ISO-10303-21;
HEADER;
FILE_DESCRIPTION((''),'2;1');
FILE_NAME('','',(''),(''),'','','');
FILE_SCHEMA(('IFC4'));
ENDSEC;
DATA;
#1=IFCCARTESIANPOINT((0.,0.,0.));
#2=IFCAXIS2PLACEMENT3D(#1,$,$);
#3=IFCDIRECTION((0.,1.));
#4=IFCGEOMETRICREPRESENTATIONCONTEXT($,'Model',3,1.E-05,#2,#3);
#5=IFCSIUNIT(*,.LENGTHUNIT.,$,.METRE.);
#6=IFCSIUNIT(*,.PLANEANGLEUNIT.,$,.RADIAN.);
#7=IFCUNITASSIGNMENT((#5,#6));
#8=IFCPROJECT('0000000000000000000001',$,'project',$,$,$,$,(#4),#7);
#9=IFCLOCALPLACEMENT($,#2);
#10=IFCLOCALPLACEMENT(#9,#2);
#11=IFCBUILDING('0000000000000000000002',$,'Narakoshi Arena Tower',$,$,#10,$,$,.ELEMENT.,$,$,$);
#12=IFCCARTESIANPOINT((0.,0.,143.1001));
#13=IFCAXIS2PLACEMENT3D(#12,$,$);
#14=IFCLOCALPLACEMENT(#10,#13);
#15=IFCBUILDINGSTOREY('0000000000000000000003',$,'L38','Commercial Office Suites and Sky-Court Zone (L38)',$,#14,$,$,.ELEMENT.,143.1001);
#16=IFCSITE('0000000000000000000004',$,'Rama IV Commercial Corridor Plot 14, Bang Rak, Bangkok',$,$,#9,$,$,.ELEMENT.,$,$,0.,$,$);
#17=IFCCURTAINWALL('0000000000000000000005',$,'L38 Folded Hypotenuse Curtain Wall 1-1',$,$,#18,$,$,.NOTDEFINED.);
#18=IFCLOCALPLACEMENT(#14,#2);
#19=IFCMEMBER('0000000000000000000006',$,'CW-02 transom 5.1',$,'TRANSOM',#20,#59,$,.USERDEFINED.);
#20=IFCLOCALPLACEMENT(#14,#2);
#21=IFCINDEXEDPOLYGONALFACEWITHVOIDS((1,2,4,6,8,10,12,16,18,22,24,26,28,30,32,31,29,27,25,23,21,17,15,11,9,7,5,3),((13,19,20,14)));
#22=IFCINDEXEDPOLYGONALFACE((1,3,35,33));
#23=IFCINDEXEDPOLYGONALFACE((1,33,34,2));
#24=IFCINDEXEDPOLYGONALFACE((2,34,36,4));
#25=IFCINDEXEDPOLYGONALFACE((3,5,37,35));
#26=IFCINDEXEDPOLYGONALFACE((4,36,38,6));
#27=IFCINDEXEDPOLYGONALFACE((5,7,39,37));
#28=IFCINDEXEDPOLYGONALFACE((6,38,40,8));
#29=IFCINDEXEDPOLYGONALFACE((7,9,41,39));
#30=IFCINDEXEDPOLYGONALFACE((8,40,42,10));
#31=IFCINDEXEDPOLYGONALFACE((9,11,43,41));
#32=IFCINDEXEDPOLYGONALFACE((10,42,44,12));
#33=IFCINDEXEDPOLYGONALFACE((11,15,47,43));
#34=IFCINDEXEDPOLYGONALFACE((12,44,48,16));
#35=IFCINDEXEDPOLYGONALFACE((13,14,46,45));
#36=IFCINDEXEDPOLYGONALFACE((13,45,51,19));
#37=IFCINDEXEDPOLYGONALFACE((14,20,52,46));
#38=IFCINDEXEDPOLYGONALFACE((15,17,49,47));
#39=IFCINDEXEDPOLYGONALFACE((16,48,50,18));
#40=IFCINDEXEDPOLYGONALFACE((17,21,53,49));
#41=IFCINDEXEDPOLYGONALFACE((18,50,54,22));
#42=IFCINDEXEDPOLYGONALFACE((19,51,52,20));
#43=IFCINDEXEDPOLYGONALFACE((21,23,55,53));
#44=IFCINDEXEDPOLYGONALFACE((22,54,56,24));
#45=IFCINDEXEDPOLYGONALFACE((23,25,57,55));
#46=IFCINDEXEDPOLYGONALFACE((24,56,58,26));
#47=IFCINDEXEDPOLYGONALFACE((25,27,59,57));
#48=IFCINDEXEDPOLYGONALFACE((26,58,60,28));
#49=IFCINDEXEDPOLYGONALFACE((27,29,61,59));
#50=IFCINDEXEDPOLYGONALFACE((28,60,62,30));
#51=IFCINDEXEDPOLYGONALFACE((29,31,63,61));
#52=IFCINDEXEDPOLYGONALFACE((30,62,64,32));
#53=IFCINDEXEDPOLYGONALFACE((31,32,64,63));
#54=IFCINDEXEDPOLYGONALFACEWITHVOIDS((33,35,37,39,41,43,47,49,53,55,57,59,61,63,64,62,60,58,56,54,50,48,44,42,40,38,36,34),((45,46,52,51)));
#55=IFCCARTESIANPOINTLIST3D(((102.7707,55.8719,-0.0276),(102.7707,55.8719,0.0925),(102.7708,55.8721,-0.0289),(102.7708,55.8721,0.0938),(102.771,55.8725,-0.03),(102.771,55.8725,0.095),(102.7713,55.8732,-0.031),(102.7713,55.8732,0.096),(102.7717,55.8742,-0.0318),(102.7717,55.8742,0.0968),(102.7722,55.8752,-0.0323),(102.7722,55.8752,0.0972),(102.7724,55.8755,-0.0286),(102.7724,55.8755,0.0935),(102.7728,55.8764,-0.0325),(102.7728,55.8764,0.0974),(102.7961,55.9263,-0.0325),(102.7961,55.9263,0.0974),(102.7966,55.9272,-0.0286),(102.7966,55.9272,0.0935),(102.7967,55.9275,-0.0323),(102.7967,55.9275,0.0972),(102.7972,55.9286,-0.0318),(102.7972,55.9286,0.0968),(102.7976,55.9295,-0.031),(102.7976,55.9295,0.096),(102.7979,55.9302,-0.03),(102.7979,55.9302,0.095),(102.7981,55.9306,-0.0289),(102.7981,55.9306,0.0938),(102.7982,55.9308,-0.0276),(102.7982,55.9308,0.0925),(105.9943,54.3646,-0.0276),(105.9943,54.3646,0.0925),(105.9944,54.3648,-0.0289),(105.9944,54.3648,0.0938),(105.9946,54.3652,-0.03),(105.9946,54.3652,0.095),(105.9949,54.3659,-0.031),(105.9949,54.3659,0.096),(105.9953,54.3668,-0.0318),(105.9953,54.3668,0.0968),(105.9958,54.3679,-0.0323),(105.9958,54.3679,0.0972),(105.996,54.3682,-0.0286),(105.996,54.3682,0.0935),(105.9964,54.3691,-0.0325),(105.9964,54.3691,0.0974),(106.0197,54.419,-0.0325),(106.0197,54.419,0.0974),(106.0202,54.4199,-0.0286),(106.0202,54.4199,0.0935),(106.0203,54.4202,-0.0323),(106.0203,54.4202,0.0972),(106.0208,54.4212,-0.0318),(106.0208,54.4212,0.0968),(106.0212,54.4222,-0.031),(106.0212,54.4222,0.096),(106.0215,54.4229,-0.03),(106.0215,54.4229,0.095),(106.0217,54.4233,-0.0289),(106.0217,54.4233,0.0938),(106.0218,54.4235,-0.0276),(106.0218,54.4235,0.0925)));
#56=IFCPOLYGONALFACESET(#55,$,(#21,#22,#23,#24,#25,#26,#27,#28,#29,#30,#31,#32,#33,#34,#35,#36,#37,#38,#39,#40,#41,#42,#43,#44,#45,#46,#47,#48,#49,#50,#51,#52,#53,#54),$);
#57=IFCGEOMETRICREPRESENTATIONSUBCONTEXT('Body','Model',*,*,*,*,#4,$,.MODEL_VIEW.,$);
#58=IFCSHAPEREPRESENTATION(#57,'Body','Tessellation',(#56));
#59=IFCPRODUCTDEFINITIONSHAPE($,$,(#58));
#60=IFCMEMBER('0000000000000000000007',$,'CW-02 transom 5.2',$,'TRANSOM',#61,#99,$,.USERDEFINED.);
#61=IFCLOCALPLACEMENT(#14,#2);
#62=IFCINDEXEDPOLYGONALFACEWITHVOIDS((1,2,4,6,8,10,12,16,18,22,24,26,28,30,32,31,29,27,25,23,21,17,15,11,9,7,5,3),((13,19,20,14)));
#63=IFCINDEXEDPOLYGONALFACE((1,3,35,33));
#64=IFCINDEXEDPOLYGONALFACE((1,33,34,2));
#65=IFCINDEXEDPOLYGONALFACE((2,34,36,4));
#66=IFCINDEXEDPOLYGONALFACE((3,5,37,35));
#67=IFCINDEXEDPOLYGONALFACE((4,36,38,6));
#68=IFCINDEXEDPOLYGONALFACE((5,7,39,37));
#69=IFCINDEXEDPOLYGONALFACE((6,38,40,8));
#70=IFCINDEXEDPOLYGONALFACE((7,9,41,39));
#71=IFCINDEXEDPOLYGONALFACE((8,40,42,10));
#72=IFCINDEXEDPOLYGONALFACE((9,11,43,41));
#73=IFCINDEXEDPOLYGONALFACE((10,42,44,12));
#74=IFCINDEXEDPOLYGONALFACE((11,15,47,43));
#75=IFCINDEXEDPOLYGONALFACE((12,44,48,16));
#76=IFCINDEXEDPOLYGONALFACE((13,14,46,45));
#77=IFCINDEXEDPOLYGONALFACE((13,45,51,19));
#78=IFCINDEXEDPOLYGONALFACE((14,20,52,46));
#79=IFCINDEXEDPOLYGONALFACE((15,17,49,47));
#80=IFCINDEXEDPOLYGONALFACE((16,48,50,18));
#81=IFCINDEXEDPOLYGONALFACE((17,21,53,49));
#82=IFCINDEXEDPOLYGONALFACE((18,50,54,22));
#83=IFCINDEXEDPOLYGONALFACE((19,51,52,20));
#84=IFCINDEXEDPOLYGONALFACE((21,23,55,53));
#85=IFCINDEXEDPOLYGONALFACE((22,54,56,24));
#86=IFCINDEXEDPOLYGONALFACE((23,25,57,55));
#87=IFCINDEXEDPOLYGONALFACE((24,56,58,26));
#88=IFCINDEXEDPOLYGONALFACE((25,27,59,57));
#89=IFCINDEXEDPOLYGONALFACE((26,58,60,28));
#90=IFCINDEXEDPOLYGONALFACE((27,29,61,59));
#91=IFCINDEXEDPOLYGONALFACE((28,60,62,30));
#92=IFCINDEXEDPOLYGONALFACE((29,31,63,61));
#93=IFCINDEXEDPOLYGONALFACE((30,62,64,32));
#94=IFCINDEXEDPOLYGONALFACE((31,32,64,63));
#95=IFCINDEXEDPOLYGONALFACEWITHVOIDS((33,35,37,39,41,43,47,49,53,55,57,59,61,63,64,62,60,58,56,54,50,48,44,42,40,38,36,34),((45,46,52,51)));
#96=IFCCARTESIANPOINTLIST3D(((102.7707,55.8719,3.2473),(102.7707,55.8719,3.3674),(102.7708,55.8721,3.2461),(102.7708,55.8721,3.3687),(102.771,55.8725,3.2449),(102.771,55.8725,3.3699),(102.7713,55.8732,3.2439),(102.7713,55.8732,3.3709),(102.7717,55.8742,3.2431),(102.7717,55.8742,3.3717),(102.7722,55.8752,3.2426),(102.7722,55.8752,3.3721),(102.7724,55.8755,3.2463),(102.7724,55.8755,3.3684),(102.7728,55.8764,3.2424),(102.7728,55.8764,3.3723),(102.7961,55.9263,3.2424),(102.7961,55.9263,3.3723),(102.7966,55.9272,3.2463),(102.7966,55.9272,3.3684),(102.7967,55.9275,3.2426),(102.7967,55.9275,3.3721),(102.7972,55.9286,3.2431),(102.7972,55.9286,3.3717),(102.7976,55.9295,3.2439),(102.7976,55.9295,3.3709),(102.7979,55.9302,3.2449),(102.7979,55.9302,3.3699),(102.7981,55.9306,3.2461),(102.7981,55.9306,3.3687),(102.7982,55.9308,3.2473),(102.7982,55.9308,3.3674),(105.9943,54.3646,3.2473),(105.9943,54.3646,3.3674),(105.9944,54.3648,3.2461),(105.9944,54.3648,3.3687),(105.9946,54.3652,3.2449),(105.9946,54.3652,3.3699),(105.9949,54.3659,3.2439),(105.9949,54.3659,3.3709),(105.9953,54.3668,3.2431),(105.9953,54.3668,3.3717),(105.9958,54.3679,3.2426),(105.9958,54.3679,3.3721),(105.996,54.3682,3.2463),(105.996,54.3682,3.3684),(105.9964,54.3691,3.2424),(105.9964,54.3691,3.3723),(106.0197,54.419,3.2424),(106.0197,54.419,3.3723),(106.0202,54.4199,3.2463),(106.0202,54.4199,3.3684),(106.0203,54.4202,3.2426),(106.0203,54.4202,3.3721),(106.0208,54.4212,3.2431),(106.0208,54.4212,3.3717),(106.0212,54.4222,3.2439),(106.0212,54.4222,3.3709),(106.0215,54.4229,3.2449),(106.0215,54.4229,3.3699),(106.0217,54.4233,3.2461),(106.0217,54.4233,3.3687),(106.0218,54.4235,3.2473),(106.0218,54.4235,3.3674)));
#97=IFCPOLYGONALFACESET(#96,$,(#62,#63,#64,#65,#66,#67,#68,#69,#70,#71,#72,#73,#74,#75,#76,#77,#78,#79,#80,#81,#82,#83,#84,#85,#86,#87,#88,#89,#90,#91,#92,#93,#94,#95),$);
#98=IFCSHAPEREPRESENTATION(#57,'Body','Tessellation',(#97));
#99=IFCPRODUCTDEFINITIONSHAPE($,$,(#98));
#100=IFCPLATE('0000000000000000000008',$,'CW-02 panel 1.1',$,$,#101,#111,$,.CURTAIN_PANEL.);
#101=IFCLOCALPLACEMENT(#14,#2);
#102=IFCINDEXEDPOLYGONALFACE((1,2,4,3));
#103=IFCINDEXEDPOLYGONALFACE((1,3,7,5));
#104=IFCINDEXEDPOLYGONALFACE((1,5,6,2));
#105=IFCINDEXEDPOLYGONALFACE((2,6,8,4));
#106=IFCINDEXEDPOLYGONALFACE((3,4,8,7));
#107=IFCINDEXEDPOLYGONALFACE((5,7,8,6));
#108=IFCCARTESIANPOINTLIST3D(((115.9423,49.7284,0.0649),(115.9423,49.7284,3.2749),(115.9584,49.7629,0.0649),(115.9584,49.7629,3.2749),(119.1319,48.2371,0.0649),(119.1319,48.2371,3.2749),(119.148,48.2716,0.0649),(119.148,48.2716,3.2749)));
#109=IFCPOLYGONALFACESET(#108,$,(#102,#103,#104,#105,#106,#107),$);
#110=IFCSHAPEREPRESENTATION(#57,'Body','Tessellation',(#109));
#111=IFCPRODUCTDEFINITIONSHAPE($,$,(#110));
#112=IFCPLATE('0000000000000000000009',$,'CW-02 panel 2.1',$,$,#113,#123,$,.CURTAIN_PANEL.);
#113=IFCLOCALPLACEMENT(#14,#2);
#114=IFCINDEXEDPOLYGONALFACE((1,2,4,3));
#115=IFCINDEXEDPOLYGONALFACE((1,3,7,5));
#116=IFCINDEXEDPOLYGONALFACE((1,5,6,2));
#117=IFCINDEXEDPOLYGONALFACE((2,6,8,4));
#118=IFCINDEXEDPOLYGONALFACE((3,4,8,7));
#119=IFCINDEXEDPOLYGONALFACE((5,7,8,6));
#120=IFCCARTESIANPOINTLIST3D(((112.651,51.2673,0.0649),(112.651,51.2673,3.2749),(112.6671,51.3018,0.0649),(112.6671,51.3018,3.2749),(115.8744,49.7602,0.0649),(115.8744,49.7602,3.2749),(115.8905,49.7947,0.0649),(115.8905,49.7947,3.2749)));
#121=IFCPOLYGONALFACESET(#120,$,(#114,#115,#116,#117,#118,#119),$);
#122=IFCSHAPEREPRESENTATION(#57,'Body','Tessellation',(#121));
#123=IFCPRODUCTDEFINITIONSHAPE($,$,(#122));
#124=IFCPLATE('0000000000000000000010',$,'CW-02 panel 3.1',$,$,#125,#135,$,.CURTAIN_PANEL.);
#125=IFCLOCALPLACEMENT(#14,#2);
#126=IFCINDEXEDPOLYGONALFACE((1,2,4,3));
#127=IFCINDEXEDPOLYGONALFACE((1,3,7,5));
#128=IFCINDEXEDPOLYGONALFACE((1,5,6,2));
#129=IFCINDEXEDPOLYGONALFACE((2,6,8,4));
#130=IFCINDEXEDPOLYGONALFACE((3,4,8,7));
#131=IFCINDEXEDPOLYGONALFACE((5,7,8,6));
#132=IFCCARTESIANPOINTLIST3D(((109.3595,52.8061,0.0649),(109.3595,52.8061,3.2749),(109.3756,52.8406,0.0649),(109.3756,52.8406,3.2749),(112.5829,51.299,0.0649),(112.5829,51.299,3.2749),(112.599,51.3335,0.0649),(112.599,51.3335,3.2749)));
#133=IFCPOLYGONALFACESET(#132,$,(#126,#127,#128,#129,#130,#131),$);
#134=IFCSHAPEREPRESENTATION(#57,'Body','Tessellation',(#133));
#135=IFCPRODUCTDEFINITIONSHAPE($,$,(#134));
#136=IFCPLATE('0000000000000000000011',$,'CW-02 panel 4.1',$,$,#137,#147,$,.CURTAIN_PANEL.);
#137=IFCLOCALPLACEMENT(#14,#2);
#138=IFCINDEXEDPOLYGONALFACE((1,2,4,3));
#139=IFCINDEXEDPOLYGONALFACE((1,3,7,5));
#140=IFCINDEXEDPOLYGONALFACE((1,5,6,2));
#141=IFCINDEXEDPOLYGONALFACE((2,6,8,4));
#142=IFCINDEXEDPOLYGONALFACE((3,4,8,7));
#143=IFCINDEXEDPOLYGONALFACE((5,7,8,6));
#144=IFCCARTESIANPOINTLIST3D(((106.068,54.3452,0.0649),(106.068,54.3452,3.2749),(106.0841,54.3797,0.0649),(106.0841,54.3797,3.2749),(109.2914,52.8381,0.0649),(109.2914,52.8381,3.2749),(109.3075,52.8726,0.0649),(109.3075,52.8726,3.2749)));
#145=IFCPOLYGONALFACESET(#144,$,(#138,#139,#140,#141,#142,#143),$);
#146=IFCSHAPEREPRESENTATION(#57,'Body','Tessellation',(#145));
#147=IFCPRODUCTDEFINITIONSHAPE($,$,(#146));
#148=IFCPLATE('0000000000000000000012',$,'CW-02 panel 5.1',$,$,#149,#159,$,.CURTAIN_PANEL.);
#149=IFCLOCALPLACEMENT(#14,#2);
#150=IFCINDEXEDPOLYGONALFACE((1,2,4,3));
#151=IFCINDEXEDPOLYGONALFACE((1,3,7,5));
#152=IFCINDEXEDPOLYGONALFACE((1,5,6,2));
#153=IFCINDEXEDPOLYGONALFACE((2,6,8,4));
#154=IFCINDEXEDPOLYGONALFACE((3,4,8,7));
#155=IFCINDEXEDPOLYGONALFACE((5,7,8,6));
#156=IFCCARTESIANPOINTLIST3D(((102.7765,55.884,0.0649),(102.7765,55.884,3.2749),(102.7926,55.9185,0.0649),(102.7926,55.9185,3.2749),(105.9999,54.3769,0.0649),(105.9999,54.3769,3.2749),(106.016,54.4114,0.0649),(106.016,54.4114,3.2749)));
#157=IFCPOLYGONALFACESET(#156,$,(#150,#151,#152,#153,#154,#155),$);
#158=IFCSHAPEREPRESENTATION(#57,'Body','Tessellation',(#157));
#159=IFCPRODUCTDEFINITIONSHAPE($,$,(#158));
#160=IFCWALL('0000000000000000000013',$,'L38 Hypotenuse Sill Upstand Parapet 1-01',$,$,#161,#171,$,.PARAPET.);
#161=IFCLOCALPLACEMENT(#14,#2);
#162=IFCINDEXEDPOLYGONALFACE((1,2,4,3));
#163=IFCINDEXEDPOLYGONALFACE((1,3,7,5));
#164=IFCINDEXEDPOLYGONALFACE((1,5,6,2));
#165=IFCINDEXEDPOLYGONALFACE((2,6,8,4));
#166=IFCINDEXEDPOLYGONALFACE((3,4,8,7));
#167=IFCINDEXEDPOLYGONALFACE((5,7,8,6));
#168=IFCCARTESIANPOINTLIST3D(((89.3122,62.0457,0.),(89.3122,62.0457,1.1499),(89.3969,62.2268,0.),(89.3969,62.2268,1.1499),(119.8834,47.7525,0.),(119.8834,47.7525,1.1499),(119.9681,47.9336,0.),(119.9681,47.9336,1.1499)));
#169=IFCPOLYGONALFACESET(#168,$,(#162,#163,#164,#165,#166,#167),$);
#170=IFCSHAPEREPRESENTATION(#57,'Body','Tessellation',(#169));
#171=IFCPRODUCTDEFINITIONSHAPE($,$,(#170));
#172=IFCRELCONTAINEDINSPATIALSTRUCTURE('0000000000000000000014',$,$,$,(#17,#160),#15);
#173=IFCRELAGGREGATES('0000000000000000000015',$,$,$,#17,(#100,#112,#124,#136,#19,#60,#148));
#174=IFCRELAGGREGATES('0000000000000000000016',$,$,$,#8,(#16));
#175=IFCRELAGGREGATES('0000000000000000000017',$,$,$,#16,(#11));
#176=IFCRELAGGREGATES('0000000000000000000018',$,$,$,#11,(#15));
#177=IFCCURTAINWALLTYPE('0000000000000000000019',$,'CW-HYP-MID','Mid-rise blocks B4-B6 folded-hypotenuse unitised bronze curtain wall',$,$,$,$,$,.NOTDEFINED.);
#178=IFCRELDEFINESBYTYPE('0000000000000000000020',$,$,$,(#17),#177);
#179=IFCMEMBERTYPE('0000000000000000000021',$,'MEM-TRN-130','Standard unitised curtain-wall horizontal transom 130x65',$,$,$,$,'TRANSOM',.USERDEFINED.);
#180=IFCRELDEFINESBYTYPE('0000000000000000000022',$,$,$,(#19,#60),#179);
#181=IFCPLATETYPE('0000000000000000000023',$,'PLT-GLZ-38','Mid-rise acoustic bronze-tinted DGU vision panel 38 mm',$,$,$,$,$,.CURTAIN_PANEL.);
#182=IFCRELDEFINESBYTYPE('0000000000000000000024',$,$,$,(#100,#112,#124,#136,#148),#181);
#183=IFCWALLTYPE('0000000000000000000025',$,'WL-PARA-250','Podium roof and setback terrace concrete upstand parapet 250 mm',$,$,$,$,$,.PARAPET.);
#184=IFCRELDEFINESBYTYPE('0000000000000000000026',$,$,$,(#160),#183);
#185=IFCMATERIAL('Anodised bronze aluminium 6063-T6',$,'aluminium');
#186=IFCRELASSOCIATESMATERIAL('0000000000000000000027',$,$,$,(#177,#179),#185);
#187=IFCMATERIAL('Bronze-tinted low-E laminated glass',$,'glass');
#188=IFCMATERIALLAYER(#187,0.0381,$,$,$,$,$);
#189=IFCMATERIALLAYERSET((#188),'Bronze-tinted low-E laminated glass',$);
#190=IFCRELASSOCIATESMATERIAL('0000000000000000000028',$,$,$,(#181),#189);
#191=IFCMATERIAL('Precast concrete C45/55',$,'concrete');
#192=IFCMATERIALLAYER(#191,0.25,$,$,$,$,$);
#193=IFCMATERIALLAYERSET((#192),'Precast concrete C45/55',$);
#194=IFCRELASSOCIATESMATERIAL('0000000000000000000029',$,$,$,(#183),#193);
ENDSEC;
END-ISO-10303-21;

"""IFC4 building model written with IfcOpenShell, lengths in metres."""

from ifc_helpers import new_model, si_unit, direction, frame, frame_2d, origin, origin_2d, place, context, subcontext, project, spatial, rectangle, hollow_rectangle, extrude, material, layer, layer_set, material_profile, profile_set, type_object, element, aggregate, save


model = new_model("IFC4")

# Units and contexts
model_context = context("Model", 3, precision=1e-05, world=origin(), true_north=direction((0.0, 1.0)))
body_context = subcontext(model_context, "Body", "Model", "MODEL_VIEW")
ifc_project = project(units=[si_unit("LENGTHUNIT", "METRE"), si_unit("PLANEANGLEUNIT", "RADIAN")], contexts=[model_context])

# Site, building, storey
site_placement = place(None, origin())
site = spatial("IfcSite", under=ifc_project, at=site_placement, Name="Rama IV Commercial Corridor Plot 14, Bang Rak, Bangkok", CompositionType="ELEMENT", RefElevation=0.0)
building_placement = place(site_placement, origin())
building = spatial("IfcBuilding", under=site, at=building_placement, Name="Narakoshi Arena Tower", CompositionType="ELEMENT")
storey_placement = place(building_placement, frame((0.0, 0.0, 143.1001)))
storey = spatial("IfcBuildingStorey", under=building, at=storey_placement, Name="L38", Description="Commercial Office Suites and Sky-Court Zone (L38)", CompositionType="ELEMENT", Elevation=143.1001)

# Curtain wall, members, plates
ifc_material_1 = material(Name="Anodised bronze aluminium 6063-T6", Category="aluminium")
curtain_wall_type = type_object("IfcCurtainWallType", Name="CW-HYP-MID", Description="Mid-rise blocks B4-B6 folded-hypotenuse unitised bronze curtain wall", PredefinedType="NOTDEFINED", material=ifc_material_1)
curtain_wall_placement = place(storey_placement, origin())
curtain_wall = element("IfcCurtainWall", 1, at=curtain_wall_placement, inside=storey, type_object=curtain_wall_type, Name="L38 Folded Hypotenuse Curtain Wall 1-1", PredefinedType="NOTDEFINED")
ifc_material_profile_1 = material_profile(ifc_material_1, hollow_rectangle(XDim=0.0649, YDim=0.1299, WallThickness=0.0039, OuterFilletRadius=0.0049, at=origin_2d()), Name="TRN130x65x4")
ifc_profile_set_1 = profile_set([ifc_material_profile_1], Name="Anodised bronze aluminium 6063-T6")
member_type_1 = type_object("IfcMemberType", Name="MEM-TRN-130", Description="Standard unitised curtain-wall horizontal transom 130x65", ElementType="TRANSOM", PredefinedType="USERDEFINED", material=ifc_profile_set_1)
member_1_placement = place(storey_placement, frame((106.0081, 54.394, 0.0325), z_axis=(-0.905864, 0.423569, 0.0), x_axis=(-0.423569, -0.905864, 0.0)))
member_1 = element("IfcMember", 2, at=member_1_placement, type_object=member_type_1, Name="CW-02 transom 5.1", ObjectType="TRANSOM", PredefinedType="USERDEFINED", context=body_context, shape_type="SweptSolid", body=[
    extrude(hollow_rectangle(XDim=0.0649, YDim=0.1299, WallThickness=0.0039, OuterFilletRadius=0.0049, at=origin_2d()), origin(), (0.0, 0.0, 1.0), 3.5586),
])
member_2_placement = place(storey_placement, frame((106.0081, 54.394, 3.3074), z_axis=(-0.905864, 0.423569, 0.0), x_axis=(-0.423569, -0.905864, 0.0)))
member_2 = element("IfcMember", 3, at=member_2_placement, type_object=member_type_1, Name="CW-02 transom 5.2", ObjectType="TRANSOM", PredefinedType="USERDEFINED", context=body_context, shape_type="SweptSolid", body=[
    extrude(hollow_rectangle(XDim=0.0649, YDim=0.1299, WallThickness=0.0039, OuterFilletRadius=0.0049, at=origin_2d()), origin(), (0.0, 0.0, 1.0), 3.5586),
])
ifc_material_2 = material(Name="Bronze-tinted low-E laminated glass", Category="glass")
ifc_layer_1 = layer(ifc_material_2, 0.0381)
ifc_layer_set_1 = layer_set([ifc_layer_1], Name="Bronze-tinted low-E laminated glass")
plate_type = type_object("IfcPlateType", Name="PLT-GLZ-38", Description="Mid-rise acoustic bronze-tinted DGU vision panel 38 mm", PredefinedType="CURTAIN_PANEL", material=ifc_layer_set_1)
plate_1_placement = place(storey_placement, frame((117.5452, 49.0, 0.0649), z_axis=(0.0, 0.0, 1.0), x_axis=(-0.905881, 0.423532, 0.0)))
plate_1 = element("IfcPlate", 4, at=plate_1_placement, type_object=plate_type, Name="CW-02 panel 1.1", PredefinedType="CURTAIN_PANEL", context=body_context, shape_type="SweptSolid", body=[
    extrude(rectangle(XDim=3.521, YDim=0.0381, at=origin_2d()), origin(), (0.0, 0.0, 1.0), 3.21),
])
plate_2_placement = place(storey_placement, frame((114.2708, 50.531, 0.0649), z_axis=(0.0, 0.0, 1.0), x_axis=(-0.905881, 0.423532, 0.0)))
plate_2 = element("IfcPlate", 5, at=plate_2_placement, type_object=plate_type, Name="CW-02 panel 2.1", PredefinedType="CURTAIN_PANEL", context=body_context, shape_type="SweptSolid", body=[
    extrude(rectangle(XDim=3.5583, YDim=0.0381, at=origin_2d()), origin(), (0.0, 0.0, 1.0), 3.21),
])
plate_3_placement = place(storey_placement, frame((110.9792, 52.0698, 0.0649), z_axis=(0.0, 0.0, 1.0), x_axis=(-0.905881, 0.423532, 0.0)))
plate_3 = element("IfcPlate", 6, at=plate_3_placement, type_object=plate_type, Name="CW-02 panel 3.1", PredefinedType="CURTAIN_PANEL", context=body_context, shape_type="SweptSolid", body=[
    extrude(rectangle(XDim=3.5583, YDim=0.0381, at=origin_2d()), origin(), (0.0, 0.0, 1.0), 3.21),
])
plate_4_placement = place(storey_placement, frame((107.6877, 53.6089, 0.0649), z_axis=(0.0, 0.0, 1.0), x_axis=(-0.905881, 0.423532, 0.0)))
plate_4 = element("IfcPlate", 7, at=plate_4_placement, type_object=plate_type, Name="CW-02 panel 4.1", PredefinedType="CURTAIN_PANEL", context=body_context, shape_type="SweptSolid", body=[
    extrude(rectangle(XDim=3.5583, YDim=0.0381, at=origin_2d()), origin(), (0.0, 0.0, 1.0), 3.21),
])
plate_5_placement = place(storey_placement, frame((104.3962, 55.1477, 0.0649), z_axis=(0.0, 0.0, 1.0), x_axis=(-0.905881, 0.423532, 0.0)))
plate_5 = element("IfcPlate", 8, at=plate_5_placement, type_object=plate_type, Name="CW-02 panel 5.1", PredefinedType="CURTAIN_PANEL", context=body_context, shape_type="SweptSolid", body=[
    extrude(rectangle(XDim=3.5583, YDim=0.0381, at=origin_2d()), origin(), (0.0, 0.0, 1.0), 3.21),
])
aggregate(curtain_wall, [plate_1, plate_2, plate_3, plate_4, member_1, member_2, plate_5])

# Wall
ifc_material_3 = material(Name="Precast concrete C45/55", Category="concrete")
ifc_layer_2 = layer(ifc_material_3, 0.25)
ifc_layer_set_2 = layer_set([ifc_layer_2], Name="Precast concrete C45/55")
wall_type_1 = type_object("IfcWallType", Name="WL-PARA-250", Description="Podium roof and setback terrace concrete upstand parapet 250 mm", PredefinedType="PARAPET", material=ifc_layer_set_2)
wall_1_placement = place(storey_placement, frame((119.9258, 47.843, 0.0), z_axis=(0.0, 0.0, 1.0), x_axis=(-0.905881, 0.423533, 0.0)))
element("IfcWall", 9, at=wall_1_placement, inside=storey, type_object=wall_type_1, Name="L38 Hypotenuse Sill Upstand Parapet 1-01", PredefinedType="PARAPET", context=body_context, shape_type="SweptSolid", body=[
    extrude(rectangle(XDim=33.7476, YDim=0.2, at=frame_2d((16.8738, 0.0))), origin(), (0.0, 0.0, 1.0), 1.1499),
])

save(model, "model.ifc")
